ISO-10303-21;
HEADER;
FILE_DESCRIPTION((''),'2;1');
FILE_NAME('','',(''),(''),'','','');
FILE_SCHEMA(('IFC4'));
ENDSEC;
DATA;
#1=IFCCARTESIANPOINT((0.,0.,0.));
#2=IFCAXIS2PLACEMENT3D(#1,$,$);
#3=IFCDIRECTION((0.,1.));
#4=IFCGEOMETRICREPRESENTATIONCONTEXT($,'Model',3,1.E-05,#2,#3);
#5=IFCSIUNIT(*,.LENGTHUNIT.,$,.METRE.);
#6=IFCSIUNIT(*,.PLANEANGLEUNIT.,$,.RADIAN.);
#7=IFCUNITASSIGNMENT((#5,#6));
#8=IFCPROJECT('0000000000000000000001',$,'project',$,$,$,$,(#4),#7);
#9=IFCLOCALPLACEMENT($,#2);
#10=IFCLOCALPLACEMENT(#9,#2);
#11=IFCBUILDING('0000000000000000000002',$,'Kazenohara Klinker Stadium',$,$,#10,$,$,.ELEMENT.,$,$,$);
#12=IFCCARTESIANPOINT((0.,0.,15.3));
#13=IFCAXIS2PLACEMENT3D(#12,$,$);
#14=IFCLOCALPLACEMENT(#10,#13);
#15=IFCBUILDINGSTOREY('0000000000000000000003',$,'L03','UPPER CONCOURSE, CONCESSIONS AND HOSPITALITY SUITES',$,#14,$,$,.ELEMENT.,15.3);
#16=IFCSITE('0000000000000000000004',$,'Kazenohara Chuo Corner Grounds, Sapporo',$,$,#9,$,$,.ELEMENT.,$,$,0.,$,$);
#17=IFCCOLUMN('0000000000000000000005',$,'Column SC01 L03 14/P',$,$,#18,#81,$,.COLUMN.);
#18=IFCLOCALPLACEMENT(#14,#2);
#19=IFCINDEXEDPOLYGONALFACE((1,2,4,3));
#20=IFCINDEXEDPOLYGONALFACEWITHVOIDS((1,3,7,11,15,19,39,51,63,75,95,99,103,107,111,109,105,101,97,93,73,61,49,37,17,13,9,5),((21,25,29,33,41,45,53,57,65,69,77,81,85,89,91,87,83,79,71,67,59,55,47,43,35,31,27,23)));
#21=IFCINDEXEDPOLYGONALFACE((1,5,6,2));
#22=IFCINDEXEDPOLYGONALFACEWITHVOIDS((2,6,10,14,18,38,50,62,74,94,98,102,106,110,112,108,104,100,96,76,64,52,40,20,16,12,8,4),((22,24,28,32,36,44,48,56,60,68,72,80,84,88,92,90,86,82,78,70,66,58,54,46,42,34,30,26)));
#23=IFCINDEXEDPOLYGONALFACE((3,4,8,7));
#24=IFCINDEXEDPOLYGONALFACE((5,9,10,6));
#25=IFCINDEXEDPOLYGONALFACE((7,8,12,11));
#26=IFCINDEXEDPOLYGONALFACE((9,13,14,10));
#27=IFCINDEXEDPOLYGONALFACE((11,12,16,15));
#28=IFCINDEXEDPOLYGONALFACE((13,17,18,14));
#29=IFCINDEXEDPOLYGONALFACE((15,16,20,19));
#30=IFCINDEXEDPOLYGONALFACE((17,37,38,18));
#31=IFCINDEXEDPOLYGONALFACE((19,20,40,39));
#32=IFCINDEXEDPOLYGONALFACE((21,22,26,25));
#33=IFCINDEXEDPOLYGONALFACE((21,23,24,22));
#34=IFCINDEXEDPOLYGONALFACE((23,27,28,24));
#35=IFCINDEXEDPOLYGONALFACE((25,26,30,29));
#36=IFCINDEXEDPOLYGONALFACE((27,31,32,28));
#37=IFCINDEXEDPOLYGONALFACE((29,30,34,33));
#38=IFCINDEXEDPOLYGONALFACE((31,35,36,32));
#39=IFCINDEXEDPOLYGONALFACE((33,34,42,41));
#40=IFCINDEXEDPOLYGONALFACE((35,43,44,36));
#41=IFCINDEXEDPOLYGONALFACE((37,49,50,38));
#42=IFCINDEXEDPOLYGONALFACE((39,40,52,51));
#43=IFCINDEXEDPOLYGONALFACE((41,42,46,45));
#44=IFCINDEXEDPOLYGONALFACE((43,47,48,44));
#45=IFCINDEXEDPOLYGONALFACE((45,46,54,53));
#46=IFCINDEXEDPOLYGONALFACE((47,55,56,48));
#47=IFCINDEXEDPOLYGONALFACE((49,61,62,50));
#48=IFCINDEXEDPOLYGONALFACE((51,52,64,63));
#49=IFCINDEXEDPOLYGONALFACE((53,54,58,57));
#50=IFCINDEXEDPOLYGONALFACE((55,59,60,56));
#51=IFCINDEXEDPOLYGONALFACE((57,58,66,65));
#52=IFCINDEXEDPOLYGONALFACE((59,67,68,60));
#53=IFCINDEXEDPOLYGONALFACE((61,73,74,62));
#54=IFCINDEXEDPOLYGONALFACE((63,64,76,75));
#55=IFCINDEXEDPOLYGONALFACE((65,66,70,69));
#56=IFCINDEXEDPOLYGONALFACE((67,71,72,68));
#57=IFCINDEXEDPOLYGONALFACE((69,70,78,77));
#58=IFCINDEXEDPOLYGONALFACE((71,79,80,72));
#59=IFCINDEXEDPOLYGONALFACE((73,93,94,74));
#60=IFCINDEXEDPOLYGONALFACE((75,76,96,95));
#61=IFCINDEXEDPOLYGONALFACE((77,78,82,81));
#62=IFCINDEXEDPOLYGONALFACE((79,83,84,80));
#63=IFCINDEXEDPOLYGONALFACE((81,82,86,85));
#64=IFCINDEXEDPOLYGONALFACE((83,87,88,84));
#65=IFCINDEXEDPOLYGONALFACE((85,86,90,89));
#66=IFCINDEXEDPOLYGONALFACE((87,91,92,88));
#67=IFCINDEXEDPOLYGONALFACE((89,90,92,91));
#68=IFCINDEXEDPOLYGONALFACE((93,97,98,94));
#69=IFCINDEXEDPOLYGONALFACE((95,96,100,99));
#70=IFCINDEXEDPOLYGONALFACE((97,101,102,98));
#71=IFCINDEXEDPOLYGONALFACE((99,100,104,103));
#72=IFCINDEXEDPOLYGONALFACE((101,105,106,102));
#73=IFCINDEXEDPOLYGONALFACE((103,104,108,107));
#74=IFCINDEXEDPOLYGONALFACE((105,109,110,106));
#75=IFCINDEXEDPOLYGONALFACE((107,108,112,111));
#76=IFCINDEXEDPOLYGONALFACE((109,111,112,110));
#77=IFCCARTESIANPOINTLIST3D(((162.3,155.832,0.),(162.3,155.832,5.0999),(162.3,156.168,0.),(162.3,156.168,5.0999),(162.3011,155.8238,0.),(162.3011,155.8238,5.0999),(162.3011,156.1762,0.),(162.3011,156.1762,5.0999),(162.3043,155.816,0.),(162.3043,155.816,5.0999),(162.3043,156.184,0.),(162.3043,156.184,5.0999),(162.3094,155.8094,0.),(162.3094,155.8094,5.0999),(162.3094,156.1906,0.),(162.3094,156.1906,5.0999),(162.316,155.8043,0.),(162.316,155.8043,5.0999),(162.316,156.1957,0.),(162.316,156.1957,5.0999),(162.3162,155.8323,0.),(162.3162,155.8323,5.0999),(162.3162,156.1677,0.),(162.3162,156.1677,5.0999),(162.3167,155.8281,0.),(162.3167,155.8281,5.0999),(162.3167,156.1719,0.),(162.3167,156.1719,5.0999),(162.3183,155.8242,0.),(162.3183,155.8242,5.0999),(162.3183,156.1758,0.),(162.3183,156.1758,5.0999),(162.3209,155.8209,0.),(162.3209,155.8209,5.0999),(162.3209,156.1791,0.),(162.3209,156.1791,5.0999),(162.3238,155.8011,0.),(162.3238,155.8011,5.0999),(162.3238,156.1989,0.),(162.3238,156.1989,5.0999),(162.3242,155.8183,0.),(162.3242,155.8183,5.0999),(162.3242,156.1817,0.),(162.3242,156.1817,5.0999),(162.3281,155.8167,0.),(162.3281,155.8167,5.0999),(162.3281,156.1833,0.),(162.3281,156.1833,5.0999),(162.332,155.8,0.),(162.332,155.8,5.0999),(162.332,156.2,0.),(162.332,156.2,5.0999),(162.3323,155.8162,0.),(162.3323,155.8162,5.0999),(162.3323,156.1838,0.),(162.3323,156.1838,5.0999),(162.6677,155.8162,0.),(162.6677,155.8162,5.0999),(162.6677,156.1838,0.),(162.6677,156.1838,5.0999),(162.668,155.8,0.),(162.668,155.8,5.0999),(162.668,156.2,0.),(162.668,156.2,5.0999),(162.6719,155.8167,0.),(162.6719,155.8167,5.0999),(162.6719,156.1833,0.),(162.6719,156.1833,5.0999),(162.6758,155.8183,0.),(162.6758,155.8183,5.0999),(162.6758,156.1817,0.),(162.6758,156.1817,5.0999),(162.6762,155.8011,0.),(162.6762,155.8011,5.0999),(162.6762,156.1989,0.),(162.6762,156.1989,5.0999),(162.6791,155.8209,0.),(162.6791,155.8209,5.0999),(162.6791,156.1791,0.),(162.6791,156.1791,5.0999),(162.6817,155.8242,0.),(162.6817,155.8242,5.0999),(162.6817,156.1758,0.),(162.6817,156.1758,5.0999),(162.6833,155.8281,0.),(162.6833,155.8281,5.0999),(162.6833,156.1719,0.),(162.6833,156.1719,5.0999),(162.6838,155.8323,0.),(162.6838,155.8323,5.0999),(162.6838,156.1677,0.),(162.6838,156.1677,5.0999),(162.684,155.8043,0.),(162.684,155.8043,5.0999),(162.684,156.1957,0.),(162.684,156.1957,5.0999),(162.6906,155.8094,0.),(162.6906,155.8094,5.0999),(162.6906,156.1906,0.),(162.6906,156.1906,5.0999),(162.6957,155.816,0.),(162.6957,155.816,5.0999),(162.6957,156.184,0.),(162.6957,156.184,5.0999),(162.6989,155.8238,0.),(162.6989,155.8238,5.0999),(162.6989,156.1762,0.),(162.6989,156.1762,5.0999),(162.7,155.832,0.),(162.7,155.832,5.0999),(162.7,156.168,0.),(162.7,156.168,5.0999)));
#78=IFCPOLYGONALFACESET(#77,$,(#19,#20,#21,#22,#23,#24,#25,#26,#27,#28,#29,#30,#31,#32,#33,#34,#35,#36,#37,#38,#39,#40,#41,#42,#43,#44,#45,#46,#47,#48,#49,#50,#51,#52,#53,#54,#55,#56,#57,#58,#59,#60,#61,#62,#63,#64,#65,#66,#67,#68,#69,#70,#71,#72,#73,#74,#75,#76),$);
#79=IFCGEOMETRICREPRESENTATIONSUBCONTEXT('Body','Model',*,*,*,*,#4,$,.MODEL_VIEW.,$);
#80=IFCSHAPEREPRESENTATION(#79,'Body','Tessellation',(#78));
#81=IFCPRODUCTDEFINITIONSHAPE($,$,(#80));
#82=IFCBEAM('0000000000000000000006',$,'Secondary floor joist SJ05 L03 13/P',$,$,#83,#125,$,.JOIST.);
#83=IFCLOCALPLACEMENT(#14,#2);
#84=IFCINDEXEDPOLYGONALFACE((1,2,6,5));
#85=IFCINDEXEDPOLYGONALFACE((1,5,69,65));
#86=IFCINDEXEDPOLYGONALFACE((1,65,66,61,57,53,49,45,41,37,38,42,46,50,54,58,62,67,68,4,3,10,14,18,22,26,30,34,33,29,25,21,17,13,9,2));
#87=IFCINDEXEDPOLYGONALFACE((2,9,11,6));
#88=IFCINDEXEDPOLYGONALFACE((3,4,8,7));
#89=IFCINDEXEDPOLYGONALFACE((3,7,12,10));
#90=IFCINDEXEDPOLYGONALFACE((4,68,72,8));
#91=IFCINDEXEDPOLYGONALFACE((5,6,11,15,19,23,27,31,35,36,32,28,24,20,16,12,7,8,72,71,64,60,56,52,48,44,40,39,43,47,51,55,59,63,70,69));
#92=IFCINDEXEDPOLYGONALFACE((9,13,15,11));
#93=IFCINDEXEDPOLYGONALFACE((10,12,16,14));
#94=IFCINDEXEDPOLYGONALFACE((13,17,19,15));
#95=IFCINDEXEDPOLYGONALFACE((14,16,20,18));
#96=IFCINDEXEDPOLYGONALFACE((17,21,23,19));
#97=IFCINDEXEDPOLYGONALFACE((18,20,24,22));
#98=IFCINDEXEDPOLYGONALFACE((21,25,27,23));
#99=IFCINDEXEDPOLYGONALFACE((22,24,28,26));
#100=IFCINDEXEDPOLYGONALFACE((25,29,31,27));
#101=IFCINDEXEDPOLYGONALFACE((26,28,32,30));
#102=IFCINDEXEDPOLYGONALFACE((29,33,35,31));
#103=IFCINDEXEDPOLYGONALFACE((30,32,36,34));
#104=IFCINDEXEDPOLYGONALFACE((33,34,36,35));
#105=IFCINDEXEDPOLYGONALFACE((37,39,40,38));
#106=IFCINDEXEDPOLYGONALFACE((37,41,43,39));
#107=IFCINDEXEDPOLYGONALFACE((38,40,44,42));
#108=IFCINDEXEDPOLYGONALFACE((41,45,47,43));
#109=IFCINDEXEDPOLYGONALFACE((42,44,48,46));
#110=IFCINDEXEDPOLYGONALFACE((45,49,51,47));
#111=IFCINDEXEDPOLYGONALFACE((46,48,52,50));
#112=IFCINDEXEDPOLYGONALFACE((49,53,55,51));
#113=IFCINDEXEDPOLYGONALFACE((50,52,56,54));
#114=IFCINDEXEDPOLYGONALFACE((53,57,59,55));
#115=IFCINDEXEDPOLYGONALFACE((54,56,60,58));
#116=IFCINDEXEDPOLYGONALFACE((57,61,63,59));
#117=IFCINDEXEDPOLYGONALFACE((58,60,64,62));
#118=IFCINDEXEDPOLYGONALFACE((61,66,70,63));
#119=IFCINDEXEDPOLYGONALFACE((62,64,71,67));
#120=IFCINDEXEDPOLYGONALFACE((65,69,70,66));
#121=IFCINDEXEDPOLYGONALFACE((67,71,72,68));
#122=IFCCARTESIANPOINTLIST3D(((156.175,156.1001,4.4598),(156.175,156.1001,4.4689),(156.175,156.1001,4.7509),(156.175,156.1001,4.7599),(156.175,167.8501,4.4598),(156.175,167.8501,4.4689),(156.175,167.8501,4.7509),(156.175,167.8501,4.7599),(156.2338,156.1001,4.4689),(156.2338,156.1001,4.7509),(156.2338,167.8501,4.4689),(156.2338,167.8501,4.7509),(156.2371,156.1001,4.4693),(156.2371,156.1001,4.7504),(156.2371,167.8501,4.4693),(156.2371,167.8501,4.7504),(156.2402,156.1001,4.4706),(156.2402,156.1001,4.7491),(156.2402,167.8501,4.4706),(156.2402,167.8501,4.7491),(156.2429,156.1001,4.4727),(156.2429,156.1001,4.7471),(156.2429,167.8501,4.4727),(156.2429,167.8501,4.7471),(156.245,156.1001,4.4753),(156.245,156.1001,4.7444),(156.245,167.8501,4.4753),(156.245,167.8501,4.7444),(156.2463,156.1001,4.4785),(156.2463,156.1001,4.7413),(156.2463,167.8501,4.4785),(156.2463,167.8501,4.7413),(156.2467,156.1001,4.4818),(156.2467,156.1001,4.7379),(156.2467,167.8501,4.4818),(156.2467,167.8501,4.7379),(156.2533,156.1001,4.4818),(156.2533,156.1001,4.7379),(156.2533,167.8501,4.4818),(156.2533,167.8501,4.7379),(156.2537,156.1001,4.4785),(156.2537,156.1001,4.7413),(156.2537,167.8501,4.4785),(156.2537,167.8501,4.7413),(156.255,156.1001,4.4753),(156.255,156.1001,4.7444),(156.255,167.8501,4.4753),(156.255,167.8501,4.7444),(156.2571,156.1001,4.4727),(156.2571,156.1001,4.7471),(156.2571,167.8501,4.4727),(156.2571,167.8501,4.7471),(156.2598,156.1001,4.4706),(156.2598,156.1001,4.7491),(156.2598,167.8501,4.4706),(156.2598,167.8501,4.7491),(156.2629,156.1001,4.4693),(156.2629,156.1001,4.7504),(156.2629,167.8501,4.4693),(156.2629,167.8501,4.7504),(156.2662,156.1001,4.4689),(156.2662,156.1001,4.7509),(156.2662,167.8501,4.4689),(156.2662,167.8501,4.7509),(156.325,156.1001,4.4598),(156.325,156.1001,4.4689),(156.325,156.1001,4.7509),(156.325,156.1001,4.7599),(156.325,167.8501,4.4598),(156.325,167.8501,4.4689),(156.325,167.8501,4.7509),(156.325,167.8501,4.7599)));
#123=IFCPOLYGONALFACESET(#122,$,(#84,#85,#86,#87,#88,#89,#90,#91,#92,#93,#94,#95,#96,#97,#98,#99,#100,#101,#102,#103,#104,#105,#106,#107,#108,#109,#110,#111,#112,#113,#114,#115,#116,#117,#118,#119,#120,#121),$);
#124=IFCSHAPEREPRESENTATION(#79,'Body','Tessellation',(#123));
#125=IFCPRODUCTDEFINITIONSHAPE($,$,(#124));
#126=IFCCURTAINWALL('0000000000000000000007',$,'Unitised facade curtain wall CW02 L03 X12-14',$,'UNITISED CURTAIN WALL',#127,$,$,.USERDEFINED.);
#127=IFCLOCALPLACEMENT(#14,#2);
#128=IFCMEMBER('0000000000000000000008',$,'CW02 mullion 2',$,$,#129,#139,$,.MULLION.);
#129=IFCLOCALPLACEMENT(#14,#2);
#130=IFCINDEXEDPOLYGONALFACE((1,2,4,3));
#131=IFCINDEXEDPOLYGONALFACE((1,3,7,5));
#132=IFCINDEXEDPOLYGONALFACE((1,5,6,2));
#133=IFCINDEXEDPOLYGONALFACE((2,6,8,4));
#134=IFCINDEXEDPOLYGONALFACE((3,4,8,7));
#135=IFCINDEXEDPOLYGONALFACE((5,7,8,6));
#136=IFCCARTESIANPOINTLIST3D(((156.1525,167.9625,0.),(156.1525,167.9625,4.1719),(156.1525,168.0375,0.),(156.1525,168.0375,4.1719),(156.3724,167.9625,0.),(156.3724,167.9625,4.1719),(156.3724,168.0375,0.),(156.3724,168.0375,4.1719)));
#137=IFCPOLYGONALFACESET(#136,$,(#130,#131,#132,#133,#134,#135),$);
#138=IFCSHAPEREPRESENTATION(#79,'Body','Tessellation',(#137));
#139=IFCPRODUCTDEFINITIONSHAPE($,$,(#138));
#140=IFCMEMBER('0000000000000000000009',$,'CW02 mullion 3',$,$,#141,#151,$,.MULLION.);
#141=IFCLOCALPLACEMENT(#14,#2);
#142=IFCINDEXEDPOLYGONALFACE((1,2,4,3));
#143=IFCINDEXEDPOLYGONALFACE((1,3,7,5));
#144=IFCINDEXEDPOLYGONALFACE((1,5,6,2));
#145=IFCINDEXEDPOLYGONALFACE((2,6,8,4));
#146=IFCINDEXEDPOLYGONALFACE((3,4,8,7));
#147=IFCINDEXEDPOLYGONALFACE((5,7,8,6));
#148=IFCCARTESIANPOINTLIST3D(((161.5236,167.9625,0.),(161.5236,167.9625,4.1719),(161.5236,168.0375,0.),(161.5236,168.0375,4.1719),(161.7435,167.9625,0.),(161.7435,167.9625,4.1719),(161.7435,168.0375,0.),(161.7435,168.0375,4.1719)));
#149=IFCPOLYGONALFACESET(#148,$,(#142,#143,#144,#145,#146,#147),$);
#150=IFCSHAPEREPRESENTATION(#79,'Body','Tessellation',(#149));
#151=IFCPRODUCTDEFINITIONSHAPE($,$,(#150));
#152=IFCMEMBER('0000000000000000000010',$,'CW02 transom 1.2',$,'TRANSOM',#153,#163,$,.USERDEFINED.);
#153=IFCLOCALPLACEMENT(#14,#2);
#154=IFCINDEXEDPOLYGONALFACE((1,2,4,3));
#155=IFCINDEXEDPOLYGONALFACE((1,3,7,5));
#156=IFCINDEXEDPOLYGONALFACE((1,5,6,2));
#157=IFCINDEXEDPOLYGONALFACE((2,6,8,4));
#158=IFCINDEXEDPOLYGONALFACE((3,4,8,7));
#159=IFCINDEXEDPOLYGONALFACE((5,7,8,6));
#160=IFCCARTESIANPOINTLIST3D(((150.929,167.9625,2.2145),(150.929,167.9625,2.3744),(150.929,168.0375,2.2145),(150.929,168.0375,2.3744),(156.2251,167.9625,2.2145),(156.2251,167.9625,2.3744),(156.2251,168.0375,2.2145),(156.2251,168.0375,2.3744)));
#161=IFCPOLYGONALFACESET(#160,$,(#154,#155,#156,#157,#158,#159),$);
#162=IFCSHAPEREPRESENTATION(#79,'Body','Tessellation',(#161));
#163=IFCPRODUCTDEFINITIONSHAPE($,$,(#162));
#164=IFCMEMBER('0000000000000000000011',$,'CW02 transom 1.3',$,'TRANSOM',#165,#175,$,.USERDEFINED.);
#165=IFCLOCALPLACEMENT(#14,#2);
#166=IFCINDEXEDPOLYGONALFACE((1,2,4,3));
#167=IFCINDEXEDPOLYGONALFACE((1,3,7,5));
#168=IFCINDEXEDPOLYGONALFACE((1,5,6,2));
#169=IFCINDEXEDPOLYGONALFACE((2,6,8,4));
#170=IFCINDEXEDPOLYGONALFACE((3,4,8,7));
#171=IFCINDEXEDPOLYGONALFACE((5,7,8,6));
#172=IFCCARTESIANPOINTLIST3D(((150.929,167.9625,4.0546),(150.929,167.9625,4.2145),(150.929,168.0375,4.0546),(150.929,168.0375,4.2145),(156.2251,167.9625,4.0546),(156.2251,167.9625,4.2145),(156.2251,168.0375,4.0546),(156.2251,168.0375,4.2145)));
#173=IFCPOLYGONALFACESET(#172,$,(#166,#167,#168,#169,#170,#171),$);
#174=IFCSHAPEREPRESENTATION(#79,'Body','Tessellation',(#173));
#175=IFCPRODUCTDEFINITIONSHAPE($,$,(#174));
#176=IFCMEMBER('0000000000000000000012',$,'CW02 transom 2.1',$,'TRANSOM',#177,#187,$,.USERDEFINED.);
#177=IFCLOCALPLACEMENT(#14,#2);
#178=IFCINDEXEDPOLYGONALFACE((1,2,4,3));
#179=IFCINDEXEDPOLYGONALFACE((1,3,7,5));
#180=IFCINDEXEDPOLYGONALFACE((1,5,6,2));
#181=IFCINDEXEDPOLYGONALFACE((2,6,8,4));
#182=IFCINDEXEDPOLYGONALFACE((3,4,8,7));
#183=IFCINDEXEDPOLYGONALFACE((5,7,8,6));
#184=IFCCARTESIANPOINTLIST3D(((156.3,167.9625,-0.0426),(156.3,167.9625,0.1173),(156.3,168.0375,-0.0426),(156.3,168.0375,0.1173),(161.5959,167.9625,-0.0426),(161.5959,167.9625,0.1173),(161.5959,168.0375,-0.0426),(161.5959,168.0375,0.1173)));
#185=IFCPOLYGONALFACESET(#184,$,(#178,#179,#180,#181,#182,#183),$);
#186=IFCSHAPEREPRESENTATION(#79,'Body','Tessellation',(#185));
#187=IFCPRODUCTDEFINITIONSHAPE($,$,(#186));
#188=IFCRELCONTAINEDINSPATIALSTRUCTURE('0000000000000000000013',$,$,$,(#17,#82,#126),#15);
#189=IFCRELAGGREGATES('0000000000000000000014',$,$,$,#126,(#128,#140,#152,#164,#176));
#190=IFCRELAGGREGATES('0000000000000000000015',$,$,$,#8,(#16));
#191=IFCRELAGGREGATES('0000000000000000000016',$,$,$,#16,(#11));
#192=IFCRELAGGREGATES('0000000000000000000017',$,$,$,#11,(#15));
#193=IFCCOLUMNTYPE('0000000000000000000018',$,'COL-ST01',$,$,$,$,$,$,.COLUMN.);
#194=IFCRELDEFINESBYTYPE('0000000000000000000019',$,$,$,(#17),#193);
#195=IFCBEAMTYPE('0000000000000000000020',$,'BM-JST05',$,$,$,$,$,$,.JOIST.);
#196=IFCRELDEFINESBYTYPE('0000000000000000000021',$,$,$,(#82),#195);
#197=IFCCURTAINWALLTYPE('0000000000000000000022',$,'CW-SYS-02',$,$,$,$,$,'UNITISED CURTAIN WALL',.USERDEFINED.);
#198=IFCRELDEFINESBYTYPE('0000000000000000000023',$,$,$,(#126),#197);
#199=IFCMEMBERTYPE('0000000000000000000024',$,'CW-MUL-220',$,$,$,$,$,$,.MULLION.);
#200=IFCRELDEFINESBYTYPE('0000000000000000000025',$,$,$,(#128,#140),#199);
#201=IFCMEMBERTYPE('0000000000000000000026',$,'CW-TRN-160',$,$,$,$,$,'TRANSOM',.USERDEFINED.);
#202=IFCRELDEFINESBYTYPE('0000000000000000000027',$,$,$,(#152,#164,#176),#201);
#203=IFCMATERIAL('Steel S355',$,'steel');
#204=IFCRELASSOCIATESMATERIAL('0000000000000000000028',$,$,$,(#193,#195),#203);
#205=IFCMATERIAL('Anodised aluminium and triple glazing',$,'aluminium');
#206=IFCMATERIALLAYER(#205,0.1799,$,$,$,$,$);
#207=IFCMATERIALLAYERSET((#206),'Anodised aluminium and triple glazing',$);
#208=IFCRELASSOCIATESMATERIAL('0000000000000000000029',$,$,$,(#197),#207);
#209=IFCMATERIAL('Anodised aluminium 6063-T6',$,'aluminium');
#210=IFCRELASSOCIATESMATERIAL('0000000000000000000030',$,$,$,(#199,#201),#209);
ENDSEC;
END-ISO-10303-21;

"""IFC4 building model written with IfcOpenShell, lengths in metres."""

from ifc_helpers import new_model, si_unit, direction, frame, origin, origin_2d, place, context, subcontext, project, spatial, rectangle, hollow_rectangle, i_section, extrude, material, layer, layer_set, material_profile, profile_set, type_object, element, aggregate, save


model = new_model("IFC4")

# Units and contexts
model_context = context("Model", 3, precision=1e-05, world=origin(), true_north=direction((0.0, 1.0)))
body_context = subcontext(model_context, "Body", "Model", "MODEL_VIEW")
ifc_project = project(units=[si_unit("LENGTHUNIT", "METRE"), si_unit("PLANEANGLEUNIT", "RADIAN")], contexts=[model_context])

# Site, building, storey
site_placement = place(None, origin())
site = spatial("IfcSite", under=ifc_project, at=site_placement, Name="Kazenohara Chuo Corner Grounds, Sapporo", CompositionType="ELEMENT", RefElevation=0.0)
building_placement = place(site_placement, origin())
building = spatial("IfcBuilding", under=site, at=building_placement, Name="Kazenohara Klinker Stadium", CompositionType="ELEMENT")
storey_placement = place(building_placement, frame((0.0, 0.0, 15.3)))
storey = spatial("IfcBuildingStorey", under=building, at=storey_placement, Name="L03", Description="UPPER CONCOURSE, CONCESSIONS AND HOSPITALITY SUITES", CompositionType="ELEMENT", Elevation=15.3)

# Column
ifc_material_1 = material(Name="Steel S355", Category="steel")
ifc_material_profile_1 = material_profile(ifc_material_1, hollow_rectangle(XDim=0.3999, YDim=0.3999, WallThickness=0.0161, InnerFilletRadius=0.0161, OuterFilletRadius=0.032, at=origin_2d()), Name="SHS-400x400x16")
ifc_profile_set_1 = profile_set([ifc_material_profile_1], Name="Steel S355")
column_type = type_object("IfcColumnType", Name="COL-ST01", PredefinedType="COLUMN", material=ifc_profile_set_1)
column_placement = place(storey_placement, frame((162.5, 156.0, 0.0), z_axis=(0.0, 0.0, 1.0), x_axis=(1.0, 0.0, 0.0)))
element("IfcColumn", 1, at=column_placement, inside=storey, type_object=column_type, Name="Column SC01 L03 14/P", PredefinedType="COLUMN", context=body_context, shape_type="SweptSolid", body=[
    extrude(hollow_rectangle(XDim=0.3999, YDim=0.3999, WallThickness=0.0161, InnerFilletRadius=0.0161, OuterFilletRadius=0.032, at=origin_2d()), origin(), (0.0, 0.0, 1.0), 5.0999),
])

# Beam
ifc_material_profile_2 = material_profile(ifc_material_1, i_section(OverallWidth=0.1499, OverallDepth=0.3, WebThickness=0.0066, FlangeThickness=0.009, FilletRadius=0.0129, at=origin_2d()), Name="H-300x150x6.5x9")
ifc_profile_set_2 = profile_set([ifc_material_profile_2], Name="Steel S355")
beam_type = type_object("IfcBeamType", Name="BM-JST05", PredefinedType="JOIST", material=ifc_profile_set_2)
beam_placement = place(storey_placement, frame((156.25, 156.1001, 4.6099), z_axis=(0.0, 1.0, 0.0), x_axis=(-1.0, 0.0, 0.0)))
element("IfcBeam", 2, at=beam_placement, inside=storey, type_object=beam_type, Name="Secondary floor joist SJ05 L03 13/P", PredefinedType="JOIST", context=body_context, shape_type="SweptSolid", body=[
    extrude(i_section(OverallWidth=0.1499, OverallDepth=0.3, WebThickness=0.0066, FlangeThickness=0.009, FilletRadius=0.0129, at=origin_2d()), origin(), (0.0, 0.0, 1.0), 11.75),
])

# Curtain wall, members
ifc_material_2 = material(Name="Anodised aluminium and triple glazing", Category="aluminium")
ifc_layer_1 = layer(ifc_material_2, 0.1799)
ifc_layer_set_1 = layer_set([ifc_layer_1], Name="Anodised aluminium and triple glazing")
curtain_wall_type = type_object("IfcCurtainWallType", Name="CW-SYS-02", ElementType="UNITISED CURTAIN WALL", PredefinedType="USERDEFINED", material=ifc_layer_set_1)
curtain_wall_placement = place(storey_placement, origin())
curtain_wall = element("IfcCurtainWall", 3, at=curtain_wall_placement, inside=storey, type_object=curtain_wall_type, Name="Unitised facade curtain wall CW02 L03 X12-14", ObjectType="UNITISED CURTAIN WALL", PredefinedType="USERDEFINED")
ifc_material_3 = material(Name="Anodised aluminium 6063-T6", Category="aluminium")
ifc_material_profile_3 = material_profile(ifc_material_3, rectangle(XDim=0.075, YDim=0.22, at=origin_2d()), Name="ALU-MUL-75x220")
ifc_profile_set_3 = profile_set([ifc_material_profile_3], Name="Anodised aluminium 6063-T6")
member_type_1 = type_object("IfcMemberType", Name="CW-MUL-220", PredefinedType="MULLION", material=ifc_profile_set_3)
member_1_placement = place(storey_placement, frame((156.2625, 168.0, 0.0), z_axis=(0.0, 0.0, 1.0), x_axis=(0.0, 1.0, 0.0)))
member_1 = element("IfcMember", 4, at=member_1_placement, type_object=member_type_1, Name="CW02 mullion 2", PredefinedType="MULLION", context=body_context, shape_type="SweptSolid", body=[
    extrude(rectangle(XDim=0.075, YDim=0.22, at=origin_2d()), origin(), (0.0, 0.0, 1.0), 4.1719),
])
member_2_placement = place(storey_placement, frame((161.6335, 168.0, 0.0), z_axis=(0.0, 0.0, 1.0), x_axis=(0.0, 1.0, 0.0)))
member_2 = element("IfcMember", 5, at=member_2_placement, type_object=member_type_1, Name="CW02 mullion 3", PredefinedType="MULLION", context=body_context, shape_type="SweptSolid", body=[
    extrude(rectangle(XDim=0.075, YDim=0.22, at=origin_2d()), origin(), (0.0, 0.0, 1.0), 4.1719),
])
ifc_material_profile_4 = material_profile(ifc_material_3, rectangle(XDim=0.075, YDim=0.1599, at=origin_2d()), Name="ALU-TRN-75x160")
ifc_profile_set_4 = profile_set([ifc_material_profile_4], Name="Anodised aluminium 6063-T6")
member_type_2 = type_object("IfcMemberType", Name="CW-TRN-160", ElementType="TRANSOM", PredefinedType="USERDEFINED", material=ifc_profile_set_4)
member_3_placement = place(storey_placement, frame((150.929, 168.0, 2.2944), z_axis=(1.0, 0.0, 0.0), x_axis=(0.0, 1.0, 0.0)))
member_3 = element("IfcMember", 6, at=member_3_placement, type_object=member_type_2, Name="CW02 transom 1.2", ObjectType="TRANSOM", PredefinedType="USERDEFINED", context=body_context, shape_type="SweptSolid", body=[
    extrude(rectangle(XDim=0.075, YDim=0.1599, at=origin_2d()), origin(), (0.0, 0.0, 1.0), 5.2961),
])
member_4_placement = place(storey_placement, frame((150.929, 168.0, 4.1345), z_axis=(1.0, 0.0, 0.0), x_axis=(0.0, 1.0, 0.0)))
member_4 = element("IfcMember", 7, at=member_4_placement, type_object=member_type_2, Name="CW02 transom 1.3", ObjectType="TRANSOM", PredefinedType="USERDEFINED", context=body_context, shape_type="SweptSolid", body=[
    extrude(rectangle(XDim=0.075, YDim=0.1599, at=origin_2d()), origin(), (0.0, 0.0, 1.0), 5.2961),
])
member_5_placement = place(storey_placement, frame((156.3, 168.0, 0.0374), z_axis=(1.0, 0.0, 0.0), x_axis=(0.0, 1.0, 0.0)))
member_5 = element("IfcMember", 8, at=member_5_placement, type_object=member_type_2, Name="CW02 transom 2.1", ObjectType="TRANSOM", PredefinedType="USERDEFINED", context=body_context, shape_type="SweptSolid", body=[
    extrude(rectangle(XDim=0.075, YDim=0.1599, at=origin_2d()), origin(), (0.0, 0.0, 1.0), 5.2959),
])
aggregate(curtain_wall, [member_1, member_2, member_3, member_4, member_5])

save(model, "model.ifc")
